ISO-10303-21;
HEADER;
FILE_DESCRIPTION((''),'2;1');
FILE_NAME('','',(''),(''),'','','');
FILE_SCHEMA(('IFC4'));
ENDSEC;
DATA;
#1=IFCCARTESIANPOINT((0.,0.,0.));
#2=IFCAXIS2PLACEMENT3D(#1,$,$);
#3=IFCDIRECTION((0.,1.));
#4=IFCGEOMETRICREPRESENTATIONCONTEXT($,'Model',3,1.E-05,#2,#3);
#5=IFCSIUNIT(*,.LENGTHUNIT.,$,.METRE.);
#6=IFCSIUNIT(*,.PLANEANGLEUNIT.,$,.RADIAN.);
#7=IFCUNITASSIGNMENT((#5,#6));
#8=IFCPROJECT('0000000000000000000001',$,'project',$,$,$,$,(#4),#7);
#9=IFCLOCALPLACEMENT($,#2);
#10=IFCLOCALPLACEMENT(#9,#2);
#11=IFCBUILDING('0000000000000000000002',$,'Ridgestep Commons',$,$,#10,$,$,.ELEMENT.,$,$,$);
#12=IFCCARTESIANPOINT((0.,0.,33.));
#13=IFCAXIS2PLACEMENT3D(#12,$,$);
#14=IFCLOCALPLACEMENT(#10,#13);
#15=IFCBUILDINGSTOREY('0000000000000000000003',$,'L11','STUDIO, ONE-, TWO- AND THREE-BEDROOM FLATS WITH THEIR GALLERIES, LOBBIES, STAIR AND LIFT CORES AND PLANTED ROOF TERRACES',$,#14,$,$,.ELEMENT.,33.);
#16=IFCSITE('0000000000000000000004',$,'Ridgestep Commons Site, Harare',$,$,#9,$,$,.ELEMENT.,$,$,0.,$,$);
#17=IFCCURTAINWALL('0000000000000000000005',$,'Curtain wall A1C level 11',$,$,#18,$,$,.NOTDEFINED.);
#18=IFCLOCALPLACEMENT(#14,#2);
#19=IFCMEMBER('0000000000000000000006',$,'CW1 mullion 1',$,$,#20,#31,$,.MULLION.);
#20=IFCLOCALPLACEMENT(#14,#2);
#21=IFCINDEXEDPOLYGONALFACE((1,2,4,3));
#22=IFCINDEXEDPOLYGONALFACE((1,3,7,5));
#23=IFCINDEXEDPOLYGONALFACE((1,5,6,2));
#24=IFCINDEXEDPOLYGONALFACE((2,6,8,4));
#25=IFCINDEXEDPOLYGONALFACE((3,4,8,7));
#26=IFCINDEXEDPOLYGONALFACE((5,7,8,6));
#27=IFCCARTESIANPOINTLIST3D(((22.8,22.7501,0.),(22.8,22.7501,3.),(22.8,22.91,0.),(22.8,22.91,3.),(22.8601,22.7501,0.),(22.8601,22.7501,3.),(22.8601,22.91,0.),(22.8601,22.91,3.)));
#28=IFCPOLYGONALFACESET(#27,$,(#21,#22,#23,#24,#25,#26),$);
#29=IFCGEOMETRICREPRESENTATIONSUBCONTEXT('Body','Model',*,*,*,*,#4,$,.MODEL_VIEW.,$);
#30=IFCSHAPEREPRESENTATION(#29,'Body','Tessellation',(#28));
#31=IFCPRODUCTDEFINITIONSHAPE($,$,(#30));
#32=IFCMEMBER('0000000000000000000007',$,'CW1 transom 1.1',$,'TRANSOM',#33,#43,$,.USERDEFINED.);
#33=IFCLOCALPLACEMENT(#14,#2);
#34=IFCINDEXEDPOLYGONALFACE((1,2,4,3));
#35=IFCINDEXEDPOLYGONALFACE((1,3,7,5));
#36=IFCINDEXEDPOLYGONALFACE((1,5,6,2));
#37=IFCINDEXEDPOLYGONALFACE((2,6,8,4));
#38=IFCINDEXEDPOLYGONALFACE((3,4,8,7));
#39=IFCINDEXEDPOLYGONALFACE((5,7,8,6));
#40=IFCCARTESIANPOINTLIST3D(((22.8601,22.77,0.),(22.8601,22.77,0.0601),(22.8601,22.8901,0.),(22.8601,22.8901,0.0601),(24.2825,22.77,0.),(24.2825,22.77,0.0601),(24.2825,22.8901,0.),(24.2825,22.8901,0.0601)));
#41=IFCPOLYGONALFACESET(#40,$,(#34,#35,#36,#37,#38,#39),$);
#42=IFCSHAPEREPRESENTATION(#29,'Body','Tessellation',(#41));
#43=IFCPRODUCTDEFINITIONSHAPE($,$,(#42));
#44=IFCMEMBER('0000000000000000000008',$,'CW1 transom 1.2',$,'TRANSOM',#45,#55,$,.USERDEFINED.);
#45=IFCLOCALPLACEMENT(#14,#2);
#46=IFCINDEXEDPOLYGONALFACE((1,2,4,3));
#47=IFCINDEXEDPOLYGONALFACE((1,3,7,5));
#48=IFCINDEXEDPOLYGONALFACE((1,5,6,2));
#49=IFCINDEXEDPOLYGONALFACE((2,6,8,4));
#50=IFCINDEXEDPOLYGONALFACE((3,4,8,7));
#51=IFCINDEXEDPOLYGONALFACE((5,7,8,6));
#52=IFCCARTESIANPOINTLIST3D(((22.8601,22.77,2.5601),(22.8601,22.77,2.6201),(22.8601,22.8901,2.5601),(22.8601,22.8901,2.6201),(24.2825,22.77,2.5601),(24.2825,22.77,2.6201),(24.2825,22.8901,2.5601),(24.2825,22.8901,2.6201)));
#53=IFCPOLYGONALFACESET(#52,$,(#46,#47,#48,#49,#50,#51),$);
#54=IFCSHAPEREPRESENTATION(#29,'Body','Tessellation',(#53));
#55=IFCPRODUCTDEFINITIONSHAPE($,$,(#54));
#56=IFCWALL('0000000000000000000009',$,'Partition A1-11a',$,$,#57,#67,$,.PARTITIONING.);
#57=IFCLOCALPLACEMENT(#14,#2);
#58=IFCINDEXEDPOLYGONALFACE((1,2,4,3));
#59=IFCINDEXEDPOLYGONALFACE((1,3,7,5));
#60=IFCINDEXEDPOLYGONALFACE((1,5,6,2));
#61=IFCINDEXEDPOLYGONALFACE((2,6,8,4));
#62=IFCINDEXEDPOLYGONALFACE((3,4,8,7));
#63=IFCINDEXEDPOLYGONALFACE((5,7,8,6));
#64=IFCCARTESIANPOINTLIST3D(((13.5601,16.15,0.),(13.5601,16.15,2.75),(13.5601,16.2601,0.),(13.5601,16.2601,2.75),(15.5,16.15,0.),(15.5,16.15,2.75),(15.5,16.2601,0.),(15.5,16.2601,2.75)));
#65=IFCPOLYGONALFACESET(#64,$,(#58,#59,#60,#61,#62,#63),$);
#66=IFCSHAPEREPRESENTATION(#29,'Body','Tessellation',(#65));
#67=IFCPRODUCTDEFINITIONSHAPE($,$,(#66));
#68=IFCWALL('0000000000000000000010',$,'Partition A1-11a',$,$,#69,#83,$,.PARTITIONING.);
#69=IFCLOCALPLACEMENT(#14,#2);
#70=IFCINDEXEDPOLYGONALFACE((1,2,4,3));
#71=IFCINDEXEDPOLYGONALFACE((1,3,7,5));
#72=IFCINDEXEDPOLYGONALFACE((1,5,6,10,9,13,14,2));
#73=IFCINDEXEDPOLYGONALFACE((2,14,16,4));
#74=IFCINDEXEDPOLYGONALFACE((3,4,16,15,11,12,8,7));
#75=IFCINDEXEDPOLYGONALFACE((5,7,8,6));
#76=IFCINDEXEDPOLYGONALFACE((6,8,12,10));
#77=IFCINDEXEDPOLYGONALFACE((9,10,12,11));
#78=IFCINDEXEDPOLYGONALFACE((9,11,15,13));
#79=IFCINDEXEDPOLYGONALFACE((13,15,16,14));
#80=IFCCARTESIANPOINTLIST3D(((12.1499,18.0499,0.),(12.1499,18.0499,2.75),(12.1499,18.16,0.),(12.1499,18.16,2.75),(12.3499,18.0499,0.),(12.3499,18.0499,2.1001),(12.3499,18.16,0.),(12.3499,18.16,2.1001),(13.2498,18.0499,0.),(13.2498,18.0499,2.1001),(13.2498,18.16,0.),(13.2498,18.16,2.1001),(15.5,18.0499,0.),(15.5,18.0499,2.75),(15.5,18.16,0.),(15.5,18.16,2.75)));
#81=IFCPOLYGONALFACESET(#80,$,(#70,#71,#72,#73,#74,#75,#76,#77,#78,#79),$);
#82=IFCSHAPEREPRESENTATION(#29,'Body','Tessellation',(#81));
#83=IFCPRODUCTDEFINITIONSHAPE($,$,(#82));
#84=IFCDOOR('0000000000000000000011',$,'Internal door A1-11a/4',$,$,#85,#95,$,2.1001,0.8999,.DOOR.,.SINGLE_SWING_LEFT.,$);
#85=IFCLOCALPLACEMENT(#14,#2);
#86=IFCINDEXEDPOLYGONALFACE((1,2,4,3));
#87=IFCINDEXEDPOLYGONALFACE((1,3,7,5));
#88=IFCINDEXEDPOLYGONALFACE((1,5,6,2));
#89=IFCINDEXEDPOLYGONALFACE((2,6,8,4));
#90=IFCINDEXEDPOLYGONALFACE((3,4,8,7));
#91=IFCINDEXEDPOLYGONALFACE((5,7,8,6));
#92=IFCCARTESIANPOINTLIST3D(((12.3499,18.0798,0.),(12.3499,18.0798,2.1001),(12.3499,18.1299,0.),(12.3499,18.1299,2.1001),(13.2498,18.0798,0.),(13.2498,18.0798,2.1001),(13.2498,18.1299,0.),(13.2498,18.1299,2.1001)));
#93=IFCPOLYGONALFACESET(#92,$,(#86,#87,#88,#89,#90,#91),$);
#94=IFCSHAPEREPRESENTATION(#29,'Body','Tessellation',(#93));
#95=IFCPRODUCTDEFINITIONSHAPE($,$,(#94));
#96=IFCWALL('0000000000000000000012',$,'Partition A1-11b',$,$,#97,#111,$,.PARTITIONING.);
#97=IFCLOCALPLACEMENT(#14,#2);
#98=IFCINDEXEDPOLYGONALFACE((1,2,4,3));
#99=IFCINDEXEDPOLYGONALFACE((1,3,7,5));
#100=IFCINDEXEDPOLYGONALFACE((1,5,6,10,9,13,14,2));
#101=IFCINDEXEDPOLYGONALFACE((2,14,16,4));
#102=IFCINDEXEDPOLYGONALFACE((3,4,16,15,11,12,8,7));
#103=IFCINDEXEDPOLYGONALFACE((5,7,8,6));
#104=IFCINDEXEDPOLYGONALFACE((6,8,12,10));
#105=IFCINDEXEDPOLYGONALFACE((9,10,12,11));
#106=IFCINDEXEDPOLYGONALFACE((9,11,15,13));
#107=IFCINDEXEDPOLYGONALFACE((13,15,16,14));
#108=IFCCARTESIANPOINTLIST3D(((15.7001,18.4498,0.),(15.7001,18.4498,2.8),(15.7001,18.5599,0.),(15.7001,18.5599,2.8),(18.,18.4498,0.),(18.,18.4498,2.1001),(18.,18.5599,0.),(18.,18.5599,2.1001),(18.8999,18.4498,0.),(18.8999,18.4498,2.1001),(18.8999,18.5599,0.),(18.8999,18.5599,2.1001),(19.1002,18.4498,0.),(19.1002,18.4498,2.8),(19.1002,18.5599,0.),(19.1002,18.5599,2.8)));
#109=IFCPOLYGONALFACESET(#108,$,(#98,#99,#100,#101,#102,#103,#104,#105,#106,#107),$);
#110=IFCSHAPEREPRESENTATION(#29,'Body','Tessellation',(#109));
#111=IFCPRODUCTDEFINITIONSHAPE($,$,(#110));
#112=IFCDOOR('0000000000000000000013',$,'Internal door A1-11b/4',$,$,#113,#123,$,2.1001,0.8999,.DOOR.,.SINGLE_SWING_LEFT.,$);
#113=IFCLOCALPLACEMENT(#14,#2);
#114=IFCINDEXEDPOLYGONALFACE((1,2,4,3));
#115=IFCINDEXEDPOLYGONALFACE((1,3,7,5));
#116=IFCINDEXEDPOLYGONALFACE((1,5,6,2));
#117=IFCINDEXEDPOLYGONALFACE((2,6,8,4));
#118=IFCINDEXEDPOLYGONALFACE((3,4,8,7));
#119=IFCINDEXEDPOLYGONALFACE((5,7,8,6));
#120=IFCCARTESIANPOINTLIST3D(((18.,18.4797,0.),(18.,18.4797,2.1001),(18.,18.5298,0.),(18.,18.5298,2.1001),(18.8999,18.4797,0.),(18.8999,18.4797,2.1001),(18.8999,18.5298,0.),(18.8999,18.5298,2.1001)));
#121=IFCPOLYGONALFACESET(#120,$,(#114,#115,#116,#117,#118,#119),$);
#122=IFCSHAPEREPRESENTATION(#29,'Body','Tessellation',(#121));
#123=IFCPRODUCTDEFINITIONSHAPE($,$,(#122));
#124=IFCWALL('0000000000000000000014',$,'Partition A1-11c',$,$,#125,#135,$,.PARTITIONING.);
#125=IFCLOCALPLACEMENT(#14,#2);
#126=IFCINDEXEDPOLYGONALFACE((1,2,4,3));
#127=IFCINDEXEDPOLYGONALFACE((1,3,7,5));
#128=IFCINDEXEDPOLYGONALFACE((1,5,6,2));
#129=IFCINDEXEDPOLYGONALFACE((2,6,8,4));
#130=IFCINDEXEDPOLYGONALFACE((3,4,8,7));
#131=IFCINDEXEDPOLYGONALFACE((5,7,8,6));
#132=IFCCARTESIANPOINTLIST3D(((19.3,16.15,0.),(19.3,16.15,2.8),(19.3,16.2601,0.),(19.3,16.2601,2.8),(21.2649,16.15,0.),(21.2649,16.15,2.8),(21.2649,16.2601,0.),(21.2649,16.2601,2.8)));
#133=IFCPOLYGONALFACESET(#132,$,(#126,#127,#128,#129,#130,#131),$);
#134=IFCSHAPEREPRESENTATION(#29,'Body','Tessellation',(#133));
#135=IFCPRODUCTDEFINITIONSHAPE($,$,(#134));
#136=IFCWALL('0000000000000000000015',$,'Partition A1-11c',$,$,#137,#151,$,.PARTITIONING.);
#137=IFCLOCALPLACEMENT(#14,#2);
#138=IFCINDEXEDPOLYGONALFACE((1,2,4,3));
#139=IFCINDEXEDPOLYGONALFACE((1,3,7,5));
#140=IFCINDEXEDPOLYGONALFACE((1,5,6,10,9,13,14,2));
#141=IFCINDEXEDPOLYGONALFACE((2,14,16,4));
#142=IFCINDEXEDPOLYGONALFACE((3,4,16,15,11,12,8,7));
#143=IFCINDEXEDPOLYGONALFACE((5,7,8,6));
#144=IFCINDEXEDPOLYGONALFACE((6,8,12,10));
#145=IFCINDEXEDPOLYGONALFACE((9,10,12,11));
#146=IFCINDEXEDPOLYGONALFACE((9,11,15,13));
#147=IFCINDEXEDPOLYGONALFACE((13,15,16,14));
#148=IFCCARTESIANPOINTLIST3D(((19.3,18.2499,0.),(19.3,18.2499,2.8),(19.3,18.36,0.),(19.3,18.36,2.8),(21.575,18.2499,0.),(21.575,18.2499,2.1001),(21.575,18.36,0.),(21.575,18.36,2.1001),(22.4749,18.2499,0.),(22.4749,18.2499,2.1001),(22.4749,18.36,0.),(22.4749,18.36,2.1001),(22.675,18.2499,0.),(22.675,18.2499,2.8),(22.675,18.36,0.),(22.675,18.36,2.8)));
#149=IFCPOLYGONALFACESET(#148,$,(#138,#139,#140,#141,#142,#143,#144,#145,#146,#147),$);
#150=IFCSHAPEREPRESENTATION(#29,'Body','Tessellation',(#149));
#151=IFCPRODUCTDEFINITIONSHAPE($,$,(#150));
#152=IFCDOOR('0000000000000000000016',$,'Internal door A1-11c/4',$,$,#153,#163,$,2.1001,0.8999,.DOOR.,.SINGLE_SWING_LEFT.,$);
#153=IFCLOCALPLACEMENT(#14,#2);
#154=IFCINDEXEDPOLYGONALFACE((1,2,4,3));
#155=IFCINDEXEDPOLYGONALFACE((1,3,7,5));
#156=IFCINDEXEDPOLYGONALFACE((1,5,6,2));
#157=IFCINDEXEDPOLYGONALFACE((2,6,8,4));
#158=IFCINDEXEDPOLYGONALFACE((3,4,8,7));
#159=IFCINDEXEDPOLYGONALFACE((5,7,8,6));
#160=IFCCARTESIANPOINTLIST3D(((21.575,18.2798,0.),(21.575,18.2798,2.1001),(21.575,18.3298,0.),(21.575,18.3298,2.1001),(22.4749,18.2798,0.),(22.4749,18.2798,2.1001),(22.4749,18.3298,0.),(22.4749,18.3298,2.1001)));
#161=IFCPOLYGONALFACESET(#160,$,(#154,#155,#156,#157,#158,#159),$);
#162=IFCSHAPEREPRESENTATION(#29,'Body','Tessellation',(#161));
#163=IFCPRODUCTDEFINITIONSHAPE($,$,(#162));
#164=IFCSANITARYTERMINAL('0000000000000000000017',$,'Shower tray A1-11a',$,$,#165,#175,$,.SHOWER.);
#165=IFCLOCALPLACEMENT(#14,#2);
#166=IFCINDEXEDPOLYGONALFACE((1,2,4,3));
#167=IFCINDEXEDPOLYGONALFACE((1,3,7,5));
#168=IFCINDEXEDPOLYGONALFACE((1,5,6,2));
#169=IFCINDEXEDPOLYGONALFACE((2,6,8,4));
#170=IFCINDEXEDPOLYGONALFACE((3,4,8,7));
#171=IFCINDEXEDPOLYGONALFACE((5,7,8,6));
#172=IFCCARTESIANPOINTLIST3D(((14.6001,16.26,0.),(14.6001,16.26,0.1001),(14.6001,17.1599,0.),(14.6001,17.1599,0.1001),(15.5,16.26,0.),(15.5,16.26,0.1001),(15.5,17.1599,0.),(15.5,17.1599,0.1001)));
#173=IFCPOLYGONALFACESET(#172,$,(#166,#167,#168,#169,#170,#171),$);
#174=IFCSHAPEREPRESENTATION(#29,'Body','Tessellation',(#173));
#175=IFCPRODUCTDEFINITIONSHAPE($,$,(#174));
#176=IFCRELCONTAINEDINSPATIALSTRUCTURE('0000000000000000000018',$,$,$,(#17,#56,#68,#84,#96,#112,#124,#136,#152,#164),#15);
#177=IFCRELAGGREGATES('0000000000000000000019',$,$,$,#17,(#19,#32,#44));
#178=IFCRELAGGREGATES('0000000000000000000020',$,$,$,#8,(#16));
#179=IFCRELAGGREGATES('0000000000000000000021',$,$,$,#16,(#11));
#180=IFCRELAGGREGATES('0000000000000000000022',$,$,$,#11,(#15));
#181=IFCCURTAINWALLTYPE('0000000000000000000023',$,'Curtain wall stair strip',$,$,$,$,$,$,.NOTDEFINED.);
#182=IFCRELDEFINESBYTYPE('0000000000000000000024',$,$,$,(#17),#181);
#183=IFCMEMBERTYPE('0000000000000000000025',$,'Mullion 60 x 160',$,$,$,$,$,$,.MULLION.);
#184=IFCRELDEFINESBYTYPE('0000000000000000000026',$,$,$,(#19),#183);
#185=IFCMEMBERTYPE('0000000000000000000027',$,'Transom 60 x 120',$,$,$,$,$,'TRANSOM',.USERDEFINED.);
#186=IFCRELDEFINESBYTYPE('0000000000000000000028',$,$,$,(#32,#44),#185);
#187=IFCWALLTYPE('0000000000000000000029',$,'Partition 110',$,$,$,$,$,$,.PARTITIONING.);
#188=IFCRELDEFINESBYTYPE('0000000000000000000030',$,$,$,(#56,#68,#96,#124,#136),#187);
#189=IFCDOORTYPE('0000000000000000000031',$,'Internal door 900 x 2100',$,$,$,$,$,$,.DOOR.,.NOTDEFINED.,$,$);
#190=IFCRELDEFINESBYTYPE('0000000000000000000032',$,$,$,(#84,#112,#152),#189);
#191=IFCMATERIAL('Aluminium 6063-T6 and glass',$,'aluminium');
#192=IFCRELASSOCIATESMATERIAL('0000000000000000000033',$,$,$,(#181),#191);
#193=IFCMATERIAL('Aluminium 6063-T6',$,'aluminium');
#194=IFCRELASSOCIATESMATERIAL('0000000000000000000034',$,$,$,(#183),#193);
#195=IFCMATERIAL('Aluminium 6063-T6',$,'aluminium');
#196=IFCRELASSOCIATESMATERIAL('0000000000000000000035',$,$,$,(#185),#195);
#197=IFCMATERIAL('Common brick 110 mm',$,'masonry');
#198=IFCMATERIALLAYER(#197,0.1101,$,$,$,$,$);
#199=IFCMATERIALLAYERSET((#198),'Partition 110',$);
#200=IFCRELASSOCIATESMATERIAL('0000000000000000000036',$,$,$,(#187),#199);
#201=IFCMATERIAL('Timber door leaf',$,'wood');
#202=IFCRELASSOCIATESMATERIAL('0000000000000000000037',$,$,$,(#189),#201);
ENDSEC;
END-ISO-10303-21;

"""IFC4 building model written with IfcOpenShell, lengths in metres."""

from ifc_helpers import new_model, si_unit, direction, frame, frame_2d, origin, origin_2d, place, context, subcontext, project, spatial, rectangle, extrude, material, layer, layer_set, material_profile, profile_set, type_object, element, fill, aggregate, save


model = new_model("IFC4")

# Units and contexts
model_context = context("Model", 3, precision=1e-05, world=origin(), true_north=direction((0.0, 1.0)))
body_context = subcontext(model_context, "Body", "Model", "MODEL_VIEW")
ifc_project = project(units=[si_unit("LENGTHUNIT", "METRE"), si_unit("PLANEANGLEUNIT", "RADIAN")], contexts=[model_context])

# Site, building, storey
site_placement = place(None, origin())
site = spatial("IfcSite", under=ifc_project, at=site_placement, Name="Ridgestep Commons Site, Harare", CompositionType="ELEMENT", RefElevation=0.0)
building_placement = place(site_placement, origin())
building = spatial("IfcBuilding", under=site, at=building_placement, Name="Ridgestep Commons", CompositionType="ELEMENT")
storey_placement = place(building_placement, frame((0.0, 0.0, 33.0)))
storey = spatial("IfcBuildingStorey", under=building, at=storey_placement, Name="L11", Description="STUDIO, ONE-, TWO- AND THREE-BEDROOM FLATS WITH THEIR GALLERIES, LOBBIES, STAIR AND LIFT CORES AND PLANTED ROOF TERRACES", CompositionType="ELEMENT", Elevation=33.0)

# Curtain wall, members
ifc_material_1 = material(Name="Aluminium 6063-T6 and glass", Category="aluminium")
curtain_wall_type = type_object("IfcCurtainWallType", Name="Curtain wall stair strip", PredefinedType="NOTDEFINED", material=ifc_material_1)
curtain_wall_placement = place(storey_placement, origin())
curtain_wall = element("IfcCurtainWall", 1, at=curtain_wall_placement, inside=storey, type_object=curtain_wall_type, Name="Curtain wall A1C level 11", PredefinedType="NOTDEFINED")
ifc_material_2 = material(Name="Aluminium 6063-T6", Category="aluminium")
ifc_material_profile_1 = material_profile(ifc_material_2, rectangle(XDim=0.1599, YDim=0.0601, at=origin_2d()), Name="Mullion 60 x 160")
ifc_profile_set_1 = profile_set([ifc_material_profile_1], Name="Aluminium 6063-T6")
member_type_1 = type_object("IfcMemberType", Name="Mullion 60 x 160", PredefinedType="MULLION", material=ifc_profile_set_1)
member_1_placement = place(storey_placement, frame((22.8301, 22.8301, 0.0), z_axis=(0.0, 0.0, 1.0), x_axis=(0.0, 1.0, 0.0)))
member_1 = element("IfcMember", 2, at=member_1_placement, type_object=member_type_1, Name="CW1 mullion 1", PredefinedType="MULLION", context=body_context, shape_type="SweptSolid", body=[
    extrude(rectangle(XDim=0.1599, YDim=0.0601, at=origin_2d()), origin(), (0.0, 0.0, 1.0), 3.0),
])
ifc_material_3 = material(Name="Aluminium 6063-T6", Category="aluminium")
ifc_material_profile_2 = material_profile(ifc_material_3, rectangle(XDim=0.1201, YDim=0.0601, at=origin_2d()), Name="Transom 60 x 120")
ifc_profile_set_2 = profile_set([ifc_material_profile_2], Name="Aluminium 6063-T6")
member_type_2 = type_object("IfcMemberType", Name="Transom 60 x 120", ElementType="TRANSOM", PredefinedType="USERDEFINED", material=ifc_profile_set_2)
member_2_placement = place(storey_placement, frame((22.8601, 22.8301, 0.03), z_axis=(1.0, 0.0, 0.0), x_axis=(0.0, 1.0, 0.0)))
member_2 = element("IfcMember", 3, at=member_2_placement, type_object=member_type_2, Name="CW1 transom 1.1", ObjectType="TRANSOM", PredefinedType="USERDEFINED", context=body_context, shape_type="SweptSolid", body=[
    extrude(rectangle(XDim=0.1201, YDim=0.0601, at=origin_2d()), origin(), (0.0, 0.0, 1.0), 1.4224),
])
member_3_placement = place(storey_placement, frame((22.8601, 22.8301, 2.5901), z_axis=(1.0, 0.0, 0.0), x_axis=(0.0, 1.0, 0.0)))
member_3 = element("IfcMember", 4, at=member_3_placement, type_object=member_type_2, Name="CW1 transom 1.2", ObjectType="TRANSOM", PredefinedType="USERDEFINED", context=body_context, shape_type="SweptSolid", body=[
    extrude(rectangle(XDim=0.1201, YDim=0.0601, at=origin_2d()), origin(), (0.0, 0.0, 1.0), 1.4224),
])
aggregate(curtain_wall, [member_1, member_2, member_3])

# Wall
ifc_material_4 = material(Name="Common brick 110 mm", Category="masonry")
ifc_layer = layer(ifc_material_4, 0.1101)
ifc_layer_set = layer_set([ifc_layer], Name="Partition 110")
wall_type = type_object("IfcWallType", Name="Partition 110", PredefinedType="PARTITIONING", material=ifc_layer_set)
wall_1_placement = place(storey_placement, frame((13.5601, 16.2051, 0.0), z_axis=(0.0, 0.0, 1.0), x_axis=(1.0, 0.0, 0.0)))
element("IfcWall", 5, at=wall_1_placement, inside=storey, type_object=wall_type, Name="Partition A1-11a", PredefinedType="PARTITIONING", context=body_context, shape_type="SweptSolid", body=[
    extrude(rectangle(XDim=1.9399, YDim=0.1101, at=frame_2d((0.97, 0.0))), origin(), (0.0, 0.0, 1.0), 2.75),
])

# Walls, openings, doors
wall_2_placement = place(storey_placement, frame((12.1499, 18.105, 0.0), z_axis=(0.0, 0.0, 1.0), x_axis=(1.0, 0.0, 0.0)))
wall_2 = element("IfcWall", 6, at=wall_2_placement, inside=storey, type_object=wall_type, Name="Partition A1-11a", PredefinedType="PARTITIONING", context=body_context, shape_type="SweptSolid", body=[
    extrude(rectangle(XDim=3.3501, YDim=0.1101, at=frame_2d((1.675, 0.0))), origin(), (0.0, 0.0, 1.0), 2.75),
])
opening_1_placement = place(wall_2_placement, frame((0.2, 0.0, 0.0)))
opening_1 = element("IfcOpeningElement", 7, at=opening_1_placement, cuts=wall_2, PredefinedType="OPENING", context=body_context, shape_type="SweptSolid", body=[
    extrude(rectangle(XDim=0.8999, YDim=2.1001, at=frame_2d((0.45, 1.05))), frame((0.0, 0.0649, 0.0), z_axis=(0.0, -1.0, 0.0), x_axis=(1.0, 0.0, 0.0)), (0.0, 0.0, 1.0), 0.1301),
])
ifc_material_5 = material(Name="Timber door leaf", Category="wood")
door_type = type_object("IfcDoorType", Name="Internal door 900 x 2100", OperationType="NOTDEFINED", PredefinedType="DOOR", material=ifc_material_5)
door_1_placement = place(opening_1_placement, origin())
door_1 = element("IfcDoor", 8, at=door_1_placement, inside=storey, type_object=door_type, Name="Internal door A1-11a/4", OperationType="SINGLE_SWING_LEFT", OverallHeight=2.1001, OverallWidth=0.8999, PredefinedType="DOOR", context=body_context, shape_type="SweptSolid", body=[
    extrude(rectangle(XDim=0.8999, YDim=2.1001, at=frame_2d((0.45, 1.05))), frame((0.0, 0.0249, 0.0), z_axis=(0.0, -1.0, 0.0), x_axis=(1.0, 0.0, 0.0)), (0.0, 0.0, 1.0), 0.05),
])
fill(opening_1, door_1)
wall_3_placement = place(storey_placement, frame((15.7, 18.5049, 0.0), z_axis=(0.0, 0.0, 1.0), x_axis=(1.0, 0.0, 0.0)))
wall_3 = element("IfcWall", 9, at=wall_3_placement, inside=storey, type_object=wall_type, Name="Partition A1-11b", PredefinedType="PARTITIONING", context=body_context, shape_type="SweptSolid", body=[
    extrude(rectangle(XDim=3.4001, YDim=0.1101, at=frame_2d((1.7002, 0.0))), origin(), (0.0, 0.0, 1.0), 2.8),
])
opening_2_placement = place(wall_3_placement, frame((2.3, 0.0, 0.0)))
opening_2 = element("IfcOpeningElement", 10, at=opening_2_placement, cuts=wall_3, PredefinedType="OPENING", context=body_context, shape_type="SweptSolid", body=[
    extrude(rectangle(XDim=0.8999, YDim=2.1001, at=frame_2d((0.45, 1.05))), frame((0.0, 0.0649, 0.0), z_axis=(0.0, -1.0, 0.0), x_axis=(1.0, 0.0, 0.0)), (0.0, 0.0, 1.0), 0.1301),
])
door_2_placement = place(opening_2_placement, origin())
door_2 = element("IfcDoor", 11, at=door_2_placement, inside=storey, type_object=door_type, Name="Internal door A1-11b/4", OperationType="SINGLE_SWING_LEFT", OverallHeight=2.1001, OverallWidth=0.8999, PredefinedType="DOOR", context=body_context, shape_type="SweptSolid", body=[
    extrude(rectangle(XDim=0.8999, YDim=2.1001, at=frame_2d((0.45, 1.05))), frame((0.0, 0.0249, 0.0), z_axis=(0.0, -1.0, 0.0), x_axis=(1.0, 0.0, 0.0)), (0.0, 0.0, 1.0), 0.05),
])
fill(opening_2, door_2)

# Wall
wall_4_placement = place(storey_placement, frame((19.3, 16.2051, 0.0), z_axis=(0.0, 0.0, 1.0), x_axis=(1.0, 0.0, 0.0)))
element("IfcWall", 12, at=wall_4_placement, inside=storey, type_object=wall_type, Name="Partition A1-11c", PredefinedType="PARTITIONING", context=body_context, shape_type="SweptSolid", body=[
    extrude(rectangle(XDim=1.9648, YDim=0.1101, at=frame_2d((0.9824, 0.0))), origin(), (0.0, 0.0, 1.0), 2.8),
])

# Wall, opening, door
wall_5_placement = place(storey_placement, frame((19.3, 18.3049, 0.0), z_axis=(0.0, 0.0, 1.0), x_axis=(1.0, 0.0, 0.0)))
wall_5 = element("IfcWall", 13, at=wall_5_placement, inside=storey, type_object=wall_type, Name="Partition A1-11c", PredefinedType="PARTITIONING", context=body_context, shape_type="SweptSolid", body=[
    extrude(rectangle(XDim=3.375, YDim=0.1101, at=frame_2d((1.6875, 0.0))), origin(), (0.0, 0.0, 1.0), 2.8),
])
opening_3_placement = place(wall_5_placement, frame((2.2749, 0.0, 0.0)))
opening_3 = element("IfcOpeningElement", 14, at=opening_3_placement, cuts=wall_5, PredefinedType="OPENING", context=body_context, shape_type="SweptSolid", body=[
    extrude(rectangle(XDim=0.8999, YDim=2.1001, at=frame_2d((0.45, 1.05))), frame((0.0, 0.0649, 0.0), z_axis=(0.0, -1.0, 0.0), x_axis=(1.0, 0.0, 0.0)), (0.0, 0.0, 1.0), 0.1301),
])
door_3_placement = place(opening_3_placement, origin())
door_3 = element("IfcDoor", 15, at=door_3_placement, inside=storey, type_object=door_type, Name="Internal door A1-11c/4", OperationType="SINGLE_SWING_LEFT", OverallHeight=2.1001, OverallWidth=0.8999, PredefinedType="DOOR", context=body_context, shape_type="SweptSolid", body=[
    extrude(rectangle(XDim=0.8999, YDim=2.1001, at=frame_2d((0.45, 1.05))), frame((0.0, 0.0249, 0.0), z_axis=(0.0, -1.0, 0.0), x_axis=(1.0, 0.0, 0.0)), (0.0, 0.0, 1.0), 0.05),
])
fill(opening_3, door_3)

# Sanitary terminal
sanitary_terminal_1_placement = place(storey_placement, frame((15.05, 16.71, 0.0), z_axis=(0.0, 0.0, 1.0), x_axis=(1.0, 0.0, 0.0)))
element("IfcSanitaryTerminal", 16, at=sanitary_terminal_1_placement, inside=storey, Name="Shower tray A1-11a", PredefinedType="SHOWER", context=body_context, shape_type="SweptSolid", body=[
    extrude(rectangle(XDim=0.8999, YDim=0.8999, at=origin_2d()), origin(), (0.0, 0.0, 1.0), 0.1001),
])

save(model, "model.ifc")
